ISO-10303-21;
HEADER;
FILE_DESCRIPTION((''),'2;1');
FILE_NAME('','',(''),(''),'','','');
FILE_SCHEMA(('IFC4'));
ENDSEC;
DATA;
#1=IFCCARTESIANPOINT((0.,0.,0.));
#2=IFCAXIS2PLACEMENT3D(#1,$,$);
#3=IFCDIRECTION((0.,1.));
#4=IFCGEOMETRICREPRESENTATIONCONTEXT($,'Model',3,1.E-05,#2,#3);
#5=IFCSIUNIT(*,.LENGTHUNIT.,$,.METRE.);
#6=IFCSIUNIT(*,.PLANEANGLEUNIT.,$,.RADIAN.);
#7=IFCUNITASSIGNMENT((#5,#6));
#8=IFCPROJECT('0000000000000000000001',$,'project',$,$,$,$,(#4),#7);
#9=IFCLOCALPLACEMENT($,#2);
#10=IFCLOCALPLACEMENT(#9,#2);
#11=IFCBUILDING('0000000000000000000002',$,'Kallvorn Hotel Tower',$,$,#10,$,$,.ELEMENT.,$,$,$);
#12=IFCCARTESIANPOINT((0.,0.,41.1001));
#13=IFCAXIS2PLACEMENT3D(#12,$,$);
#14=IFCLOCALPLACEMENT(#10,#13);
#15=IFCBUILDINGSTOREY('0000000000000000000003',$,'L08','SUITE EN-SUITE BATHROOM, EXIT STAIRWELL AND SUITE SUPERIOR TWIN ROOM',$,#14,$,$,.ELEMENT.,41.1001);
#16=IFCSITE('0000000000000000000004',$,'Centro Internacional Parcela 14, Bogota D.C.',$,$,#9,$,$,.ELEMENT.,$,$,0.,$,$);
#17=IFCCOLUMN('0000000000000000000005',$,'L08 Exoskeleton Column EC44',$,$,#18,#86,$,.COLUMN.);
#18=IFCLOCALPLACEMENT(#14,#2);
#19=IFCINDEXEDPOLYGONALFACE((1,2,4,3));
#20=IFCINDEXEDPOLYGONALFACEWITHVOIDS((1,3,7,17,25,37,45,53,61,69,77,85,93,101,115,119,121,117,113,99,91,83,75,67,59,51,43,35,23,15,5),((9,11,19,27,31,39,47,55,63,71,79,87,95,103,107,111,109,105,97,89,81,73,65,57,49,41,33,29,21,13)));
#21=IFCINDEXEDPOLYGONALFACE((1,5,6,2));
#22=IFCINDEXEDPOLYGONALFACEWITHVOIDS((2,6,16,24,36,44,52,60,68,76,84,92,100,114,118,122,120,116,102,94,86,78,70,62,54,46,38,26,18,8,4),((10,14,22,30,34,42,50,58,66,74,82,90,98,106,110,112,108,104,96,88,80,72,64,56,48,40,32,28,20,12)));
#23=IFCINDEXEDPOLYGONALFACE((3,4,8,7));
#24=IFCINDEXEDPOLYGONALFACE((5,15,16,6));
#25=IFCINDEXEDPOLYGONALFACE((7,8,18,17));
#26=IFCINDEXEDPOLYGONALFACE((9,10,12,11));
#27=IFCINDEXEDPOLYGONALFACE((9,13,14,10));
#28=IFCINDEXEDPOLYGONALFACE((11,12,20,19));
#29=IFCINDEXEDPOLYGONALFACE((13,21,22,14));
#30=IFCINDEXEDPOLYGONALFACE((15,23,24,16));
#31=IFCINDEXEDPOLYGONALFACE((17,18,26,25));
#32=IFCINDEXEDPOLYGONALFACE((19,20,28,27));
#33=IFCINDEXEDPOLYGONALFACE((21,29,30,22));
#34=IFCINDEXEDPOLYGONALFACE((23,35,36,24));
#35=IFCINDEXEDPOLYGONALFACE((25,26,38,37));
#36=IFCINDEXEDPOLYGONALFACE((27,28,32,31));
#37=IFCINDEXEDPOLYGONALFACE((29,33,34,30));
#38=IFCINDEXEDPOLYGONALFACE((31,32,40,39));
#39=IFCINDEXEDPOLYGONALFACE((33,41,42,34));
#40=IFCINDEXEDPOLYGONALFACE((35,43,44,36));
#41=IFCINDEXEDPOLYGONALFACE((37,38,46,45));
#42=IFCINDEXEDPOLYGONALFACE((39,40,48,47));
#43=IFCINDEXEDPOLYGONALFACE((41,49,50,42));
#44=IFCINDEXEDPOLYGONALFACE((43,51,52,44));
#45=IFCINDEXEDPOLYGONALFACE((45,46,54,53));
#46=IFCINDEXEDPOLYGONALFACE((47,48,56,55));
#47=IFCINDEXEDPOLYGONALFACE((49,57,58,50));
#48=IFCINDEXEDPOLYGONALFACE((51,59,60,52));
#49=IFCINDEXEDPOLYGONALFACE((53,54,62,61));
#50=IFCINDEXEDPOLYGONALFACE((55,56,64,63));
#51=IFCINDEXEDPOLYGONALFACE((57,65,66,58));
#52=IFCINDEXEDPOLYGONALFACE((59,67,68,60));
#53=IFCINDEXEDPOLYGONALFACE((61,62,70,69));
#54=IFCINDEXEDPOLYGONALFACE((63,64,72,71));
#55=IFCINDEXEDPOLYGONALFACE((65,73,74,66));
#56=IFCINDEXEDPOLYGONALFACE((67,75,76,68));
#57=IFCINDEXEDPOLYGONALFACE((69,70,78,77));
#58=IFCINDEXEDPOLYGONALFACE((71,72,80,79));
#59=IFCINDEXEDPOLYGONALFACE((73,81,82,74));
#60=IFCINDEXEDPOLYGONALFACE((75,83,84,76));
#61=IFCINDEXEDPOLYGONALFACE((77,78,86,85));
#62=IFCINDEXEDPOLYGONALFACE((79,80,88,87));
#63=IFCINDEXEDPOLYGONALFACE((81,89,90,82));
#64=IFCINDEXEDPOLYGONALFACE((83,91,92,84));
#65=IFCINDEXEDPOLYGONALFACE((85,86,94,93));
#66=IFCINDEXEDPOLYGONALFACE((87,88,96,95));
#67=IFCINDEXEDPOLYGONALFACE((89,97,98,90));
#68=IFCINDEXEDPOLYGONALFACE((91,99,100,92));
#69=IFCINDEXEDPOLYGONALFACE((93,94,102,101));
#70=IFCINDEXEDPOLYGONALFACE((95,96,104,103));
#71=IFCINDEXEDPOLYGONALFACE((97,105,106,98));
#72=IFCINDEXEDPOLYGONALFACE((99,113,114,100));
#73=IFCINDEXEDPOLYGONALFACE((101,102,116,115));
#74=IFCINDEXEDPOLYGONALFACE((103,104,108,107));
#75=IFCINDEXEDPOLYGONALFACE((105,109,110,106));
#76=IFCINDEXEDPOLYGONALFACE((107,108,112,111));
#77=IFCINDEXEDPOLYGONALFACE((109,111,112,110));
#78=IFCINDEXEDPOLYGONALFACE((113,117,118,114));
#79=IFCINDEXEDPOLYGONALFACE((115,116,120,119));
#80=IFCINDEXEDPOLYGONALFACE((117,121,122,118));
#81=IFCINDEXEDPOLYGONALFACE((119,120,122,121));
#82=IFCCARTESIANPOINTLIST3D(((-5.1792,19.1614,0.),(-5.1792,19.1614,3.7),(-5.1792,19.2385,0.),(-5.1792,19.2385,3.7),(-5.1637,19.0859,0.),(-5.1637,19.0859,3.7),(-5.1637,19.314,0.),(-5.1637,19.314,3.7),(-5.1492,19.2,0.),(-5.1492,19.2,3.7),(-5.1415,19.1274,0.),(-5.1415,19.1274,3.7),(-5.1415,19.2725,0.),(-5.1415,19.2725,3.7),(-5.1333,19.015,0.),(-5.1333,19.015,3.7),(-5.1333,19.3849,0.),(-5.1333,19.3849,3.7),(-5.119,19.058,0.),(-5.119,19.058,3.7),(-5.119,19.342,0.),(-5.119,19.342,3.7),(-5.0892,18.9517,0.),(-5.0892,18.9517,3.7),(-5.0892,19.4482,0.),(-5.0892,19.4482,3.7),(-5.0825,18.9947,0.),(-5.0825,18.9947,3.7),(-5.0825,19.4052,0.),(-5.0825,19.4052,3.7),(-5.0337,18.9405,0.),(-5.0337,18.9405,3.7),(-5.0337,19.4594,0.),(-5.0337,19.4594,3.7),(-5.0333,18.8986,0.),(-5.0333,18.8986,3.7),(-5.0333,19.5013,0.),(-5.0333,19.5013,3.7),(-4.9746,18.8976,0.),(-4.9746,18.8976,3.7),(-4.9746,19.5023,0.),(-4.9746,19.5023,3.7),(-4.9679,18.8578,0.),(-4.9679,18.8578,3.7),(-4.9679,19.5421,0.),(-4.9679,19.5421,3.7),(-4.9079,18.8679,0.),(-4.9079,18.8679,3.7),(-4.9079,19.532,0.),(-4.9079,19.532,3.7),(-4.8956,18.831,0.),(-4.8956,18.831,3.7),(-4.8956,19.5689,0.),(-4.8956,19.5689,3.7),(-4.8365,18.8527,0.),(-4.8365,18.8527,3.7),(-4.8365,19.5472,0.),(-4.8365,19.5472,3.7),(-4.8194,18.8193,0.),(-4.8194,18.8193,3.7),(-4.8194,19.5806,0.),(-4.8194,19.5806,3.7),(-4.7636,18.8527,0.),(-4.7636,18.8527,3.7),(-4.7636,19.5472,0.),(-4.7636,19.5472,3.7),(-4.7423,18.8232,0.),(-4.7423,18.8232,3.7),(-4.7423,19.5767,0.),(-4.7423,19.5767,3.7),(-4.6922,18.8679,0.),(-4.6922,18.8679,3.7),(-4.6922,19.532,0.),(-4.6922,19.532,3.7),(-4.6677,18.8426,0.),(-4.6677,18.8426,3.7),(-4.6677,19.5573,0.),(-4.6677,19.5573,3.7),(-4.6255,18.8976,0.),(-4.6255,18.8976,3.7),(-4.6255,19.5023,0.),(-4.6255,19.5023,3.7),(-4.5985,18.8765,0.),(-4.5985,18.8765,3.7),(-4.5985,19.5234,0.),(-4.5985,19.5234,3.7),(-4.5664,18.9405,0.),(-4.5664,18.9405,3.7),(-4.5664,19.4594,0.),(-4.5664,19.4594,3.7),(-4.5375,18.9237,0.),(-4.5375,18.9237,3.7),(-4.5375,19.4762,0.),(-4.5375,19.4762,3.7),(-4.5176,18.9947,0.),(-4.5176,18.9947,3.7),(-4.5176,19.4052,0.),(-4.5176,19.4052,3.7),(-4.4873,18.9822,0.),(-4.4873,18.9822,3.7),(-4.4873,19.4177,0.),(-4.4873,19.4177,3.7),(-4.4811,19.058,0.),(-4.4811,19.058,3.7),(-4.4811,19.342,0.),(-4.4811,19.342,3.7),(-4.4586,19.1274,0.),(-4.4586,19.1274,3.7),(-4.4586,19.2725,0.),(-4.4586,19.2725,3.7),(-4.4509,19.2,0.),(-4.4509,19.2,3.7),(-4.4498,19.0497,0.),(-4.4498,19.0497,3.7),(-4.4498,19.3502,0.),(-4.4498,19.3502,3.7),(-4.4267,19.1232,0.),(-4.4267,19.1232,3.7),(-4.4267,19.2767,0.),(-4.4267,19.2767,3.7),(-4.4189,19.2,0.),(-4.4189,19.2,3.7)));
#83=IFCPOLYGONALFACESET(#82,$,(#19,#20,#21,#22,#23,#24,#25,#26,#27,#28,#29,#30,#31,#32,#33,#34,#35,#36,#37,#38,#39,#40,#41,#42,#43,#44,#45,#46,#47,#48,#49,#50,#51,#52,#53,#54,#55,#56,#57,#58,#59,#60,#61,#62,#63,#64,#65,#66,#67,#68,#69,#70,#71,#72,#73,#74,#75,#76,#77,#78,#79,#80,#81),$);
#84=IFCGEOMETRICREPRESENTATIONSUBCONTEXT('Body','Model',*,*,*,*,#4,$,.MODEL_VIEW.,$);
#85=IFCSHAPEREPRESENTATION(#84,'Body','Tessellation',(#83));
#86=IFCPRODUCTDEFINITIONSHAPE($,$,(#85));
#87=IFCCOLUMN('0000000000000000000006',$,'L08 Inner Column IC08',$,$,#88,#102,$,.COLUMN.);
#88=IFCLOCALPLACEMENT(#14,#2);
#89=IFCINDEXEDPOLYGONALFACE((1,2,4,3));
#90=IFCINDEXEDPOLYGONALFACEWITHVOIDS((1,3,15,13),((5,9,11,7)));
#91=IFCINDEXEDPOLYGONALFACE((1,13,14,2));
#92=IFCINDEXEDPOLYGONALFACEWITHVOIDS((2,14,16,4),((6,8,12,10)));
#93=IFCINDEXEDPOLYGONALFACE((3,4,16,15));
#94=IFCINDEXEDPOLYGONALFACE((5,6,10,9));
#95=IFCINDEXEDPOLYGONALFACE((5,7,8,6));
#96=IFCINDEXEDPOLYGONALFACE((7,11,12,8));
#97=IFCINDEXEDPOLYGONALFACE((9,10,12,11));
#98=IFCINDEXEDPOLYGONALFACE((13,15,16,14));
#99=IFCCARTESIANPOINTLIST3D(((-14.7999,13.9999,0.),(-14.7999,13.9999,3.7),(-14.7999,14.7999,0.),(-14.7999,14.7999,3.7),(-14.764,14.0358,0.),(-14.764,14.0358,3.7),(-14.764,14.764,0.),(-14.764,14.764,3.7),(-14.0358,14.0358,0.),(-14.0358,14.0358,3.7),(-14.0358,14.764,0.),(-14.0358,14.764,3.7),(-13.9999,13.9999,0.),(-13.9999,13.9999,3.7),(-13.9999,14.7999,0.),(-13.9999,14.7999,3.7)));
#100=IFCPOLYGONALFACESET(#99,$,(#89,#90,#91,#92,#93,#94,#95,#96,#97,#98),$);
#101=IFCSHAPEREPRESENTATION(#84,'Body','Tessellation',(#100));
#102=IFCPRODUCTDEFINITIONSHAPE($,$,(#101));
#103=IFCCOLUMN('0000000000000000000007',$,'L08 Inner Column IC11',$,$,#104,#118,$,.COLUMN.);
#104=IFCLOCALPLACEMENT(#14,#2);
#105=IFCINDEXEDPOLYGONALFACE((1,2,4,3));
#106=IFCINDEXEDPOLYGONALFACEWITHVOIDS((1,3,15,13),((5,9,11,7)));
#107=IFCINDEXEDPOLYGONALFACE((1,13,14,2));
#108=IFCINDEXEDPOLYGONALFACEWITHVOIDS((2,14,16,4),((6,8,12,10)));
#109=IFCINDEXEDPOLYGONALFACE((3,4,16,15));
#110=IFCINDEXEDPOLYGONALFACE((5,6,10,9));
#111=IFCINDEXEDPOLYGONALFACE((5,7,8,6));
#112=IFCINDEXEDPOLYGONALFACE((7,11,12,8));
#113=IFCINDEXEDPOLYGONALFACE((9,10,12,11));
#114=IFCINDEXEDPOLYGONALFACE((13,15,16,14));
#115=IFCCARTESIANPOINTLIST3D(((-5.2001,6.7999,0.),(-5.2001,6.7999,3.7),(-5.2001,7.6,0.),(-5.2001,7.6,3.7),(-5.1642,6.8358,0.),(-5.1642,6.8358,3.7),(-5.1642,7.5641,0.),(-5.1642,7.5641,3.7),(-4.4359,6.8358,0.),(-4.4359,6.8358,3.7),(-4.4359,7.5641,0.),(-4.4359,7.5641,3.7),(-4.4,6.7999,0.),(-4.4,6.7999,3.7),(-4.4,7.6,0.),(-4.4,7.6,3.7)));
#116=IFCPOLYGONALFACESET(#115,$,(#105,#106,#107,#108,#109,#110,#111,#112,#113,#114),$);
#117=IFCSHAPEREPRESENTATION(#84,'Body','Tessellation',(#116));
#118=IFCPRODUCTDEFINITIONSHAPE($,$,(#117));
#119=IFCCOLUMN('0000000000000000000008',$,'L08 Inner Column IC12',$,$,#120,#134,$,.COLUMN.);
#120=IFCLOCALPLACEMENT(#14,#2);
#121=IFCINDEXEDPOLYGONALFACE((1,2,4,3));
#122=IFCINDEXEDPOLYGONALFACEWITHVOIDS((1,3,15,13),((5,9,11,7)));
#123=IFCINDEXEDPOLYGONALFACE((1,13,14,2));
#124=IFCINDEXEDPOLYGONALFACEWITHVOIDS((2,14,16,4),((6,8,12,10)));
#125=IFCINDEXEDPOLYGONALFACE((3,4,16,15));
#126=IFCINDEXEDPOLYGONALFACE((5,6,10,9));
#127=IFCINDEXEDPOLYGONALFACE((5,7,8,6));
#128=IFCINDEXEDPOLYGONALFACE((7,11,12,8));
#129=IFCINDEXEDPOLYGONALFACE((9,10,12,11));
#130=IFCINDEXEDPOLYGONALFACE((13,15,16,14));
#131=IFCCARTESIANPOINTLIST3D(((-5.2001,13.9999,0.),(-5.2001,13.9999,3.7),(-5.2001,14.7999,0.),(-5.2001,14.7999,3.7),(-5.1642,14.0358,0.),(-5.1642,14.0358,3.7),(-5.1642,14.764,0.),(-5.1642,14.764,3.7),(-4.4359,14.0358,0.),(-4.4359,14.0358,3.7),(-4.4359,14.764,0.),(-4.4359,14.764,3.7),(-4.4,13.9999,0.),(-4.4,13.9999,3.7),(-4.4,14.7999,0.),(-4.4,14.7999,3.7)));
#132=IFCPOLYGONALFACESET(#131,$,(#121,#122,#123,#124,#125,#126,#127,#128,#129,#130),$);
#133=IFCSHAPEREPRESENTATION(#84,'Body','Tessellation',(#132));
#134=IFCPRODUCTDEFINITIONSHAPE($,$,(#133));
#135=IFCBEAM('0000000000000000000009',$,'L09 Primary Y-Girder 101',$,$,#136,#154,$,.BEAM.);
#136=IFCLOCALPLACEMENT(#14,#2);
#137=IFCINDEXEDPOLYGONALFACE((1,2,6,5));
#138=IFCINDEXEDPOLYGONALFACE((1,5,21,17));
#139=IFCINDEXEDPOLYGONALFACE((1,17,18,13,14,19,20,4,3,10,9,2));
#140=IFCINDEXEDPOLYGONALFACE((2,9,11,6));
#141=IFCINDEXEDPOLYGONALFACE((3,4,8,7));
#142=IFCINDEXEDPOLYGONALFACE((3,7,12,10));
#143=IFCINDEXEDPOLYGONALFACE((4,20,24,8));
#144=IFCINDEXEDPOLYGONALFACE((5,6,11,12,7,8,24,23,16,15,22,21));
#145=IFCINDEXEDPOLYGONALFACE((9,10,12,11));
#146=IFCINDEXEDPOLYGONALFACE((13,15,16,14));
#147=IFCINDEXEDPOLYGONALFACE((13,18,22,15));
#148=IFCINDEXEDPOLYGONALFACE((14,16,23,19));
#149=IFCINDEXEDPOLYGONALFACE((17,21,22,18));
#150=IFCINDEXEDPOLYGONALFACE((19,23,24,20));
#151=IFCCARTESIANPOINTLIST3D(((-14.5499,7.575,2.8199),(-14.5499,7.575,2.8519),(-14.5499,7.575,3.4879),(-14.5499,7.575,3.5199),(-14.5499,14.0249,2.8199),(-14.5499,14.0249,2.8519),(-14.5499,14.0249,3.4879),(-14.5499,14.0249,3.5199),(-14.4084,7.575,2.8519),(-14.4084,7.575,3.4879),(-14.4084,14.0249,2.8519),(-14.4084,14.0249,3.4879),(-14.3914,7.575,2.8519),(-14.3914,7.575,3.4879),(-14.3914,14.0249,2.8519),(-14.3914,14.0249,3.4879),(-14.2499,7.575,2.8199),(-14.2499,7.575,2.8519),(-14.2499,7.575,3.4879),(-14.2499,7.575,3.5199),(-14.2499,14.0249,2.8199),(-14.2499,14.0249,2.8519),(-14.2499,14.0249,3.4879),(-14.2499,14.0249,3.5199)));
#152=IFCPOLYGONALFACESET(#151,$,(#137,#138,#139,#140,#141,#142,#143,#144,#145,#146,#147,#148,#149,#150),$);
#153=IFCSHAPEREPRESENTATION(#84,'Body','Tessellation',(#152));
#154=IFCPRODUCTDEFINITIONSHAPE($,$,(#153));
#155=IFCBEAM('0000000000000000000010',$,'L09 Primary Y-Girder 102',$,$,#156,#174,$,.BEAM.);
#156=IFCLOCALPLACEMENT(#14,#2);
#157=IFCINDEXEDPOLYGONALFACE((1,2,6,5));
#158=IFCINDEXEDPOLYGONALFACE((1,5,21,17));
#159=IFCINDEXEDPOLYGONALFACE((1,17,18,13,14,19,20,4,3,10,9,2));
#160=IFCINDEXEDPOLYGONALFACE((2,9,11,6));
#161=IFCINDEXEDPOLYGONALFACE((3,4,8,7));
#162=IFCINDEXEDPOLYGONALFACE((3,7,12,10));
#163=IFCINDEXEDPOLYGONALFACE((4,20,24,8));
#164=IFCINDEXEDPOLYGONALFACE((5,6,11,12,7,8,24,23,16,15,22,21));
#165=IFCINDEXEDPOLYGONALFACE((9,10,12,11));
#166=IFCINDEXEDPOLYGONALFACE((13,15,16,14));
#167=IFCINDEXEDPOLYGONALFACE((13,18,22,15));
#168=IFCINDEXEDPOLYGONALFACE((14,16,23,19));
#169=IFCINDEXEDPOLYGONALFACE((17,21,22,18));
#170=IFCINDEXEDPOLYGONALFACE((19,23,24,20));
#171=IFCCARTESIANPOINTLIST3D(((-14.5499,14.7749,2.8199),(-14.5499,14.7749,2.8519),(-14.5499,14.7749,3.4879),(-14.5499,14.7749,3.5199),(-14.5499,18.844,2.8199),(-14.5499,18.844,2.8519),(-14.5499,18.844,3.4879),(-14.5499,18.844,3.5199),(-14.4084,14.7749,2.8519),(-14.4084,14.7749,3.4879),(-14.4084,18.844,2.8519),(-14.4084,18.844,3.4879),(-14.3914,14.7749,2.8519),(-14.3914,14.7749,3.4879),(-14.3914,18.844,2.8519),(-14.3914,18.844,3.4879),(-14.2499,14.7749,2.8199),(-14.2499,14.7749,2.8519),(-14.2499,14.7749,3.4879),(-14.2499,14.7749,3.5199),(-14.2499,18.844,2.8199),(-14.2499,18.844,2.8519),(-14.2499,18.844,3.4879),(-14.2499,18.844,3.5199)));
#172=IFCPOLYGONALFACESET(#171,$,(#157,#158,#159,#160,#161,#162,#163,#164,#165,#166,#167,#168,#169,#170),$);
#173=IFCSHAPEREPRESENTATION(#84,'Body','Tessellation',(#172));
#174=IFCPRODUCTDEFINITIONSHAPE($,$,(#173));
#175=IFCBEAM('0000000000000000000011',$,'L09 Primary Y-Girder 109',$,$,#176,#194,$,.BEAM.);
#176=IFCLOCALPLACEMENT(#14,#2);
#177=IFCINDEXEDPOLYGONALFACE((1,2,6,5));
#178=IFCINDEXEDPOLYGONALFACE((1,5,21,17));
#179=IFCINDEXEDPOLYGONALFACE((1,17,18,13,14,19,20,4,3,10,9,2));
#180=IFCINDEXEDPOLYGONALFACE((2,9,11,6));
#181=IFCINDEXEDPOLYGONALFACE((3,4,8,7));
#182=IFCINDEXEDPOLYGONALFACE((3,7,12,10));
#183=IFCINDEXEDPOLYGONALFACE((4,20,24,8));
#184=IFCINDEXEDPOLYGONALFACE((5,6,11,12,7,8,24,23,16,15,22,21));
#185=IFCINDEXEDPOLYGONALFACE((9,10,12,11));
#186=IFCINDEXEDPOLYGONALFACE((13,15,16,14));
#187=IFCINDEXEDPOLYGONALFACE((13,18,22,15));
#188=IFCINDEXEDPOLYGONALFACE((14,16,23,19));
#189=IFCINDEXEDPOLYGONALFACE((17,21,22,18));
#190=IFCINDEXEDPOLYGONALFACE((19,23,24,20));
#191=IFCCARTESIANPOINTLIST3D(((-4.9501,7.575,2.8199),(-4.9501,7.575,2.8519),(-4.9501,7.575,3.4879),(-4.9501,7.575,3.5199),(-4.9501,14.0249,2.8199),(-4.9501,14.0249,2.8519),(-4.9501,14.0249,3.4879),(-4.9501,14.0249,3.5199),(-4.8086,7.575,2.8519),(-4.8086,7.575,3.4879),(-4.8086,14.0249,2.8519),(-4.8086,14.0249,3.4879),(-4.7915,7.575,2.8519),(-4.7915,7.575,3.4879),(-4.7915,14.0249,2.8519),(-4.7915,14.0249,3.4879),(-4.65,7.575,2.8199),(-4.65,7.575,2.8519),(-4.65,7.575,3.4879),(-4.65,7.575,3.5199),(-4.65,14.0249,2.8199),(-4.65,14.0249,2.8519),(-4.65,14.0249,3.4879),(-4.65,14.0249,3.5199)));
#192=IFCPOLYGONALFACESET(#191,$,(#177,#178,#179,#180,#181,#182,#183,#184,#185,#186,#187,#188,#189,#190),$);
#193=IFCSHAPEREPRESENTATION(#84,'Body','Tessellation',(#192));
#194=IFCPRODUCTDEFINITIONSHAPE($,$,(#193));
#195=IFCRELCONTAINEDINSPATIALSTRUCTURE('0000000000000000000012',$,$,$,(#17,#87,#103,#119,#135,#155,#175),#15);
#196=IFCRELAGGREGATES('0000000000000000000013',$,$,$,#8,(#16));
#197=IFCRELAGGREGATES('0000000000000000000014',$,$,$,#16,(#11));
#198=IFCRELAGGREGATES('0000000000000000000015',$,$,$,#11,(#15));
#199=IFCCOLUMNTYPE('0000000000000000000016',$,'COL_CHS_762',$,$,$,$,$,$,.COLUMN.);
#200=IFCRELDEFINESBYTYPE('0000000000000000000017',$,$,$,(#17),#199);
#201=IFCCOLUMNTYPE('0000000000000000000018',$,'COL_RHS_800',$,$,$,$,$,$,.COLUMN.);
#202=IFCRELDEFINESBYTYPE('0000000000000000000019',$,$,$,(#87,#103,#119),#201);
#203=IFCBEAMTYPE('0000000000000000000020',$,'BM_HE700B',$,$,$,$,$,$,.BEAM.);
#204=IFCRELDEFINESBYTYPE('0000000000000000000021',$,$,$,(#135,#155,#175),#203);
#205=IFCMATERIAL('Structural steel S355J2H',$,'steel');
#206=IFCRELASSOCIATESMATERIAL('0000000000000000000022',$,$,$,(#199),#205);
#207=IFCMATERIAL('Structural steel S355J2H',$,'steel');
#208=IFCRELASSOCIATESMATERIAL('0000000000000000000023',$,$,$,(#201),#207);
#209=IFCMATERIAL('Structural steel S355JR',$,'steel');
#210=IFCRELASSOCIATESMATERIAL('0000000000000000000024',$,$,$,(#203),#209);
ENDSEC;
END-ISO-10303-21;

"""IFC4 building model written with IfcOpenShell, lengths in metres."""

from ifc_helpers import new_model, si_unit, direction, frame, origin, origin_2d, place, context, subcontext, project, spatial, hollow_rectangle, hollow_circle, i_section, extrude, material, material_profile, profile_set, type_object, element, save


model = new_model("IFC4")

# Units and contexts
model_context = context("Model", 3, precision=1e-05, world=origin(), true_north=direction((0.0, 1.0)))
body_context = subcontext(model_context, "Body", "Model", "MODEL_VIEW")
ifc_project = project(units=[si_unit("LENGTHUNIT", "METRE"), si_unit("PLANEANGLEUNIT", "RADIAN")], contexts=[model_context])

# Site, building, storey
site_placement = place(None, origin())
site = spatial("IfcSite", under=ifc_project, at=site_placement, Name="Centro Internacional Parcela 14, Bogota D.C.", CompositionType="ELEMENT", RefElevation=0.0)
building_placement = place(site_placement, origin())
building = spatial("IfcBuilding", under=site, at=building_placement, Name="Kallvorn Hotel Tower", CompositionType="ELEMENT")
storey_placement = place(building_placement, frame((0.0, 0.0, 41.1001)))
storey = spatial("IfcBuildingStorey", under=building, at=storey_placement, Name="L08", Description="SUITE EN-SUITE BATHROOM, EXIT STAIRWELL AND SUITE SUPERIOR TWIN ROOM", CompositionType="ELEMENT", Elevation=41.1001)

# Columns
ifc_material_1 = material(Name="Structural steel S355J2H", Category="steel")
ifc_material_profile_1 = material_profile(ifc_material_1, hollow_circle(Radius=0.3811, WallThickness=0.032, at=origin_2d()), Name="CHS 762x32")
ifc_profile_set_1 = profile_set([ifc_material_profile_1], Name="Structural steel S355J2H")
column_type_1 = type_object("IfcColumnType", Name="COL_CHS_762", PredefinedType="COLUMN", material=ifc_profile_set_1)
for number, where, z_axis, x_axis, name in (
    (1, (-4.8, 19.2, 0.0), (0.0, 0.0, 1.0), (1.0, 0.0, 0.0), "L08 Exoskeleton Column EC44"),
):
    element("IfcColumn", number, at=place(storey_placement, frame(where, z_axis=z_axis, x_axis=x_axis)), inside=storey, type_object=column_type_1, Name=name, PredefinedType="COLUMN", context=body_context, shape_type="SweptSolid", body=[
        extrude(hollow_circle(Radius=0.3811, WallThickness=0.032, at=origin_2d()), origin(), (0.0, 0.0, 1.0), 3.7),
    ])
ifc_material_2 = material(Name="Structural steel S355J2H", Category="steel")
ifc_material_profile_2 = material_profile(ifc_material_2, hollow_rectangle(XDim=0.8, YDim=0.8, WallThickness=0.0359, at=origin_2d()), Name="RHS 800x800x36")
ifc_profile_set_2 = profile_set([ifc_material_profile_2], Name="Structural steel S355J2H")
column_type_2 = type_object("IfcColumnType", Name="COL_RHS_800", PredefinedType="COLUMN", material=ifc_profile_set_2)
for number, where, z_axis, x_axis, name in (
    (2, (-14.3999, 14.3999, 0.0), (0.0, 0.0, 1.0), (1.0, 0.0, 0.0), "L08 Inner Column IC08"),
    (3, (-4.8, 7.2, 0.0), (0.0, 0.0, 1.0), (1.0, 0.0, 0.0), "L08 Inner Column IC11"),
    (4, (-4.8, 14.3999, 0.0), (0.0, 0.0, 1.0), (1.0, 0.0, 0.0), "L08 Inner Column IC12"),
):
    element("IfcColumn", number, at=place(storey_placement, frame(where, z_axis=z_axis, x_axis=x_axis)), inside=storey, type_object=column_type_2, Name=name, PredefinedType="COLUMN", context=body_context, shape_type="SweptSolid", body=[
        extrude(hollow_rectangle(XDim=0.8, YDim=0.8, WallThickness=0.0359, at=origin_2d()), origin(), (0.0, 0.0, 1.0), 3.7),
    ])

# Beams
ifc_material_3 = material(Name="Structural steel S355JR", Category="steel")
ifc_material_profile_3 = material_profile(ifc_material_3, i_section(OverallWidth=0.3, OverallDepth=0.7, WebThickness=0.0171, FlangeThickness=0.032, at=origin_2d()), Name="HE 700 B")
ifc_profile_set_3 = profile_set([ifc_material_profile_3], Name="Structural steel S355JR")
beam_type_1 = type_object("IfcBeamType", Name="BM_HE700B", PredefinedType="BEAM", material=ifc_profile_set_3)
beam_1_placement = place(storey_placement, frame((-14.3999, 7.575, 3.1699), z_axis=(0.0, 1.0, 0.0), x_axis=(-1.0, 0.0, 0.0)))
element("IfcBeam", 5, at=beam_1_placement, inside=storey, type_object=beam_type_1, Name="L09 Primary Y-Girder 101", PredefinedType="BEAM", context=body_context, shape_type="SweptSolid", body=[
    extrude(i_section(OverallWidth=0.3, OverallDepth=0.7, WebThickness=0.0171, FlangeThickness=0.032, at=origin_2d()), origin(), (0.0, 0.0, 1.0), 6.45),
])
beam_2_placement = place(storey_placement, frame((-14.3999, 14.7749, 3.1699), z_axis=(0.0, 1.0, 0.0), x_axis=(-1.0, 0.0, 0.0)))
element("IfcBeam", 6, at=beam_2_placement, inside=storey, type_object=beam_type_1, Name="L09 Primary Y-Girder 102", PredefinedType="BEAM", context=body_context, shape_type="SweptSolid", body=[
    extrude(i_section(OverallWidth=0.3, OverallDepth=0.7, WebThickness=0.0171, FlangeThickness=0.032, at=origin_2d()), origin(), (0.0, 0.0, 1.0), 4.0691),
])
beam_3_placement = place(storey_placement, frame((-4.8, 7.575, 3.1699), z_axis=(0.0, 1.0, 0.0), x_axis=(-1.0, 0.0, 0.0)))
element("IfcBeam", 7, at=beam_3_placement, inside=storey, type_object=beam_type_1, Name="L09 Primary Y-Girder 109", PredefinedType="BEAM", context=body_context, shape_type="SweptSolid", body=[
    extrude(i_section(OverallWidth=0.3, OverallDepth=0.7, WebThickness=0.0171, FlangeThickness=0.032, at=origin_2d()), origin(), (0.0, 0.0, 1.0), 6.45),
])

save(model, "model.ifc")
